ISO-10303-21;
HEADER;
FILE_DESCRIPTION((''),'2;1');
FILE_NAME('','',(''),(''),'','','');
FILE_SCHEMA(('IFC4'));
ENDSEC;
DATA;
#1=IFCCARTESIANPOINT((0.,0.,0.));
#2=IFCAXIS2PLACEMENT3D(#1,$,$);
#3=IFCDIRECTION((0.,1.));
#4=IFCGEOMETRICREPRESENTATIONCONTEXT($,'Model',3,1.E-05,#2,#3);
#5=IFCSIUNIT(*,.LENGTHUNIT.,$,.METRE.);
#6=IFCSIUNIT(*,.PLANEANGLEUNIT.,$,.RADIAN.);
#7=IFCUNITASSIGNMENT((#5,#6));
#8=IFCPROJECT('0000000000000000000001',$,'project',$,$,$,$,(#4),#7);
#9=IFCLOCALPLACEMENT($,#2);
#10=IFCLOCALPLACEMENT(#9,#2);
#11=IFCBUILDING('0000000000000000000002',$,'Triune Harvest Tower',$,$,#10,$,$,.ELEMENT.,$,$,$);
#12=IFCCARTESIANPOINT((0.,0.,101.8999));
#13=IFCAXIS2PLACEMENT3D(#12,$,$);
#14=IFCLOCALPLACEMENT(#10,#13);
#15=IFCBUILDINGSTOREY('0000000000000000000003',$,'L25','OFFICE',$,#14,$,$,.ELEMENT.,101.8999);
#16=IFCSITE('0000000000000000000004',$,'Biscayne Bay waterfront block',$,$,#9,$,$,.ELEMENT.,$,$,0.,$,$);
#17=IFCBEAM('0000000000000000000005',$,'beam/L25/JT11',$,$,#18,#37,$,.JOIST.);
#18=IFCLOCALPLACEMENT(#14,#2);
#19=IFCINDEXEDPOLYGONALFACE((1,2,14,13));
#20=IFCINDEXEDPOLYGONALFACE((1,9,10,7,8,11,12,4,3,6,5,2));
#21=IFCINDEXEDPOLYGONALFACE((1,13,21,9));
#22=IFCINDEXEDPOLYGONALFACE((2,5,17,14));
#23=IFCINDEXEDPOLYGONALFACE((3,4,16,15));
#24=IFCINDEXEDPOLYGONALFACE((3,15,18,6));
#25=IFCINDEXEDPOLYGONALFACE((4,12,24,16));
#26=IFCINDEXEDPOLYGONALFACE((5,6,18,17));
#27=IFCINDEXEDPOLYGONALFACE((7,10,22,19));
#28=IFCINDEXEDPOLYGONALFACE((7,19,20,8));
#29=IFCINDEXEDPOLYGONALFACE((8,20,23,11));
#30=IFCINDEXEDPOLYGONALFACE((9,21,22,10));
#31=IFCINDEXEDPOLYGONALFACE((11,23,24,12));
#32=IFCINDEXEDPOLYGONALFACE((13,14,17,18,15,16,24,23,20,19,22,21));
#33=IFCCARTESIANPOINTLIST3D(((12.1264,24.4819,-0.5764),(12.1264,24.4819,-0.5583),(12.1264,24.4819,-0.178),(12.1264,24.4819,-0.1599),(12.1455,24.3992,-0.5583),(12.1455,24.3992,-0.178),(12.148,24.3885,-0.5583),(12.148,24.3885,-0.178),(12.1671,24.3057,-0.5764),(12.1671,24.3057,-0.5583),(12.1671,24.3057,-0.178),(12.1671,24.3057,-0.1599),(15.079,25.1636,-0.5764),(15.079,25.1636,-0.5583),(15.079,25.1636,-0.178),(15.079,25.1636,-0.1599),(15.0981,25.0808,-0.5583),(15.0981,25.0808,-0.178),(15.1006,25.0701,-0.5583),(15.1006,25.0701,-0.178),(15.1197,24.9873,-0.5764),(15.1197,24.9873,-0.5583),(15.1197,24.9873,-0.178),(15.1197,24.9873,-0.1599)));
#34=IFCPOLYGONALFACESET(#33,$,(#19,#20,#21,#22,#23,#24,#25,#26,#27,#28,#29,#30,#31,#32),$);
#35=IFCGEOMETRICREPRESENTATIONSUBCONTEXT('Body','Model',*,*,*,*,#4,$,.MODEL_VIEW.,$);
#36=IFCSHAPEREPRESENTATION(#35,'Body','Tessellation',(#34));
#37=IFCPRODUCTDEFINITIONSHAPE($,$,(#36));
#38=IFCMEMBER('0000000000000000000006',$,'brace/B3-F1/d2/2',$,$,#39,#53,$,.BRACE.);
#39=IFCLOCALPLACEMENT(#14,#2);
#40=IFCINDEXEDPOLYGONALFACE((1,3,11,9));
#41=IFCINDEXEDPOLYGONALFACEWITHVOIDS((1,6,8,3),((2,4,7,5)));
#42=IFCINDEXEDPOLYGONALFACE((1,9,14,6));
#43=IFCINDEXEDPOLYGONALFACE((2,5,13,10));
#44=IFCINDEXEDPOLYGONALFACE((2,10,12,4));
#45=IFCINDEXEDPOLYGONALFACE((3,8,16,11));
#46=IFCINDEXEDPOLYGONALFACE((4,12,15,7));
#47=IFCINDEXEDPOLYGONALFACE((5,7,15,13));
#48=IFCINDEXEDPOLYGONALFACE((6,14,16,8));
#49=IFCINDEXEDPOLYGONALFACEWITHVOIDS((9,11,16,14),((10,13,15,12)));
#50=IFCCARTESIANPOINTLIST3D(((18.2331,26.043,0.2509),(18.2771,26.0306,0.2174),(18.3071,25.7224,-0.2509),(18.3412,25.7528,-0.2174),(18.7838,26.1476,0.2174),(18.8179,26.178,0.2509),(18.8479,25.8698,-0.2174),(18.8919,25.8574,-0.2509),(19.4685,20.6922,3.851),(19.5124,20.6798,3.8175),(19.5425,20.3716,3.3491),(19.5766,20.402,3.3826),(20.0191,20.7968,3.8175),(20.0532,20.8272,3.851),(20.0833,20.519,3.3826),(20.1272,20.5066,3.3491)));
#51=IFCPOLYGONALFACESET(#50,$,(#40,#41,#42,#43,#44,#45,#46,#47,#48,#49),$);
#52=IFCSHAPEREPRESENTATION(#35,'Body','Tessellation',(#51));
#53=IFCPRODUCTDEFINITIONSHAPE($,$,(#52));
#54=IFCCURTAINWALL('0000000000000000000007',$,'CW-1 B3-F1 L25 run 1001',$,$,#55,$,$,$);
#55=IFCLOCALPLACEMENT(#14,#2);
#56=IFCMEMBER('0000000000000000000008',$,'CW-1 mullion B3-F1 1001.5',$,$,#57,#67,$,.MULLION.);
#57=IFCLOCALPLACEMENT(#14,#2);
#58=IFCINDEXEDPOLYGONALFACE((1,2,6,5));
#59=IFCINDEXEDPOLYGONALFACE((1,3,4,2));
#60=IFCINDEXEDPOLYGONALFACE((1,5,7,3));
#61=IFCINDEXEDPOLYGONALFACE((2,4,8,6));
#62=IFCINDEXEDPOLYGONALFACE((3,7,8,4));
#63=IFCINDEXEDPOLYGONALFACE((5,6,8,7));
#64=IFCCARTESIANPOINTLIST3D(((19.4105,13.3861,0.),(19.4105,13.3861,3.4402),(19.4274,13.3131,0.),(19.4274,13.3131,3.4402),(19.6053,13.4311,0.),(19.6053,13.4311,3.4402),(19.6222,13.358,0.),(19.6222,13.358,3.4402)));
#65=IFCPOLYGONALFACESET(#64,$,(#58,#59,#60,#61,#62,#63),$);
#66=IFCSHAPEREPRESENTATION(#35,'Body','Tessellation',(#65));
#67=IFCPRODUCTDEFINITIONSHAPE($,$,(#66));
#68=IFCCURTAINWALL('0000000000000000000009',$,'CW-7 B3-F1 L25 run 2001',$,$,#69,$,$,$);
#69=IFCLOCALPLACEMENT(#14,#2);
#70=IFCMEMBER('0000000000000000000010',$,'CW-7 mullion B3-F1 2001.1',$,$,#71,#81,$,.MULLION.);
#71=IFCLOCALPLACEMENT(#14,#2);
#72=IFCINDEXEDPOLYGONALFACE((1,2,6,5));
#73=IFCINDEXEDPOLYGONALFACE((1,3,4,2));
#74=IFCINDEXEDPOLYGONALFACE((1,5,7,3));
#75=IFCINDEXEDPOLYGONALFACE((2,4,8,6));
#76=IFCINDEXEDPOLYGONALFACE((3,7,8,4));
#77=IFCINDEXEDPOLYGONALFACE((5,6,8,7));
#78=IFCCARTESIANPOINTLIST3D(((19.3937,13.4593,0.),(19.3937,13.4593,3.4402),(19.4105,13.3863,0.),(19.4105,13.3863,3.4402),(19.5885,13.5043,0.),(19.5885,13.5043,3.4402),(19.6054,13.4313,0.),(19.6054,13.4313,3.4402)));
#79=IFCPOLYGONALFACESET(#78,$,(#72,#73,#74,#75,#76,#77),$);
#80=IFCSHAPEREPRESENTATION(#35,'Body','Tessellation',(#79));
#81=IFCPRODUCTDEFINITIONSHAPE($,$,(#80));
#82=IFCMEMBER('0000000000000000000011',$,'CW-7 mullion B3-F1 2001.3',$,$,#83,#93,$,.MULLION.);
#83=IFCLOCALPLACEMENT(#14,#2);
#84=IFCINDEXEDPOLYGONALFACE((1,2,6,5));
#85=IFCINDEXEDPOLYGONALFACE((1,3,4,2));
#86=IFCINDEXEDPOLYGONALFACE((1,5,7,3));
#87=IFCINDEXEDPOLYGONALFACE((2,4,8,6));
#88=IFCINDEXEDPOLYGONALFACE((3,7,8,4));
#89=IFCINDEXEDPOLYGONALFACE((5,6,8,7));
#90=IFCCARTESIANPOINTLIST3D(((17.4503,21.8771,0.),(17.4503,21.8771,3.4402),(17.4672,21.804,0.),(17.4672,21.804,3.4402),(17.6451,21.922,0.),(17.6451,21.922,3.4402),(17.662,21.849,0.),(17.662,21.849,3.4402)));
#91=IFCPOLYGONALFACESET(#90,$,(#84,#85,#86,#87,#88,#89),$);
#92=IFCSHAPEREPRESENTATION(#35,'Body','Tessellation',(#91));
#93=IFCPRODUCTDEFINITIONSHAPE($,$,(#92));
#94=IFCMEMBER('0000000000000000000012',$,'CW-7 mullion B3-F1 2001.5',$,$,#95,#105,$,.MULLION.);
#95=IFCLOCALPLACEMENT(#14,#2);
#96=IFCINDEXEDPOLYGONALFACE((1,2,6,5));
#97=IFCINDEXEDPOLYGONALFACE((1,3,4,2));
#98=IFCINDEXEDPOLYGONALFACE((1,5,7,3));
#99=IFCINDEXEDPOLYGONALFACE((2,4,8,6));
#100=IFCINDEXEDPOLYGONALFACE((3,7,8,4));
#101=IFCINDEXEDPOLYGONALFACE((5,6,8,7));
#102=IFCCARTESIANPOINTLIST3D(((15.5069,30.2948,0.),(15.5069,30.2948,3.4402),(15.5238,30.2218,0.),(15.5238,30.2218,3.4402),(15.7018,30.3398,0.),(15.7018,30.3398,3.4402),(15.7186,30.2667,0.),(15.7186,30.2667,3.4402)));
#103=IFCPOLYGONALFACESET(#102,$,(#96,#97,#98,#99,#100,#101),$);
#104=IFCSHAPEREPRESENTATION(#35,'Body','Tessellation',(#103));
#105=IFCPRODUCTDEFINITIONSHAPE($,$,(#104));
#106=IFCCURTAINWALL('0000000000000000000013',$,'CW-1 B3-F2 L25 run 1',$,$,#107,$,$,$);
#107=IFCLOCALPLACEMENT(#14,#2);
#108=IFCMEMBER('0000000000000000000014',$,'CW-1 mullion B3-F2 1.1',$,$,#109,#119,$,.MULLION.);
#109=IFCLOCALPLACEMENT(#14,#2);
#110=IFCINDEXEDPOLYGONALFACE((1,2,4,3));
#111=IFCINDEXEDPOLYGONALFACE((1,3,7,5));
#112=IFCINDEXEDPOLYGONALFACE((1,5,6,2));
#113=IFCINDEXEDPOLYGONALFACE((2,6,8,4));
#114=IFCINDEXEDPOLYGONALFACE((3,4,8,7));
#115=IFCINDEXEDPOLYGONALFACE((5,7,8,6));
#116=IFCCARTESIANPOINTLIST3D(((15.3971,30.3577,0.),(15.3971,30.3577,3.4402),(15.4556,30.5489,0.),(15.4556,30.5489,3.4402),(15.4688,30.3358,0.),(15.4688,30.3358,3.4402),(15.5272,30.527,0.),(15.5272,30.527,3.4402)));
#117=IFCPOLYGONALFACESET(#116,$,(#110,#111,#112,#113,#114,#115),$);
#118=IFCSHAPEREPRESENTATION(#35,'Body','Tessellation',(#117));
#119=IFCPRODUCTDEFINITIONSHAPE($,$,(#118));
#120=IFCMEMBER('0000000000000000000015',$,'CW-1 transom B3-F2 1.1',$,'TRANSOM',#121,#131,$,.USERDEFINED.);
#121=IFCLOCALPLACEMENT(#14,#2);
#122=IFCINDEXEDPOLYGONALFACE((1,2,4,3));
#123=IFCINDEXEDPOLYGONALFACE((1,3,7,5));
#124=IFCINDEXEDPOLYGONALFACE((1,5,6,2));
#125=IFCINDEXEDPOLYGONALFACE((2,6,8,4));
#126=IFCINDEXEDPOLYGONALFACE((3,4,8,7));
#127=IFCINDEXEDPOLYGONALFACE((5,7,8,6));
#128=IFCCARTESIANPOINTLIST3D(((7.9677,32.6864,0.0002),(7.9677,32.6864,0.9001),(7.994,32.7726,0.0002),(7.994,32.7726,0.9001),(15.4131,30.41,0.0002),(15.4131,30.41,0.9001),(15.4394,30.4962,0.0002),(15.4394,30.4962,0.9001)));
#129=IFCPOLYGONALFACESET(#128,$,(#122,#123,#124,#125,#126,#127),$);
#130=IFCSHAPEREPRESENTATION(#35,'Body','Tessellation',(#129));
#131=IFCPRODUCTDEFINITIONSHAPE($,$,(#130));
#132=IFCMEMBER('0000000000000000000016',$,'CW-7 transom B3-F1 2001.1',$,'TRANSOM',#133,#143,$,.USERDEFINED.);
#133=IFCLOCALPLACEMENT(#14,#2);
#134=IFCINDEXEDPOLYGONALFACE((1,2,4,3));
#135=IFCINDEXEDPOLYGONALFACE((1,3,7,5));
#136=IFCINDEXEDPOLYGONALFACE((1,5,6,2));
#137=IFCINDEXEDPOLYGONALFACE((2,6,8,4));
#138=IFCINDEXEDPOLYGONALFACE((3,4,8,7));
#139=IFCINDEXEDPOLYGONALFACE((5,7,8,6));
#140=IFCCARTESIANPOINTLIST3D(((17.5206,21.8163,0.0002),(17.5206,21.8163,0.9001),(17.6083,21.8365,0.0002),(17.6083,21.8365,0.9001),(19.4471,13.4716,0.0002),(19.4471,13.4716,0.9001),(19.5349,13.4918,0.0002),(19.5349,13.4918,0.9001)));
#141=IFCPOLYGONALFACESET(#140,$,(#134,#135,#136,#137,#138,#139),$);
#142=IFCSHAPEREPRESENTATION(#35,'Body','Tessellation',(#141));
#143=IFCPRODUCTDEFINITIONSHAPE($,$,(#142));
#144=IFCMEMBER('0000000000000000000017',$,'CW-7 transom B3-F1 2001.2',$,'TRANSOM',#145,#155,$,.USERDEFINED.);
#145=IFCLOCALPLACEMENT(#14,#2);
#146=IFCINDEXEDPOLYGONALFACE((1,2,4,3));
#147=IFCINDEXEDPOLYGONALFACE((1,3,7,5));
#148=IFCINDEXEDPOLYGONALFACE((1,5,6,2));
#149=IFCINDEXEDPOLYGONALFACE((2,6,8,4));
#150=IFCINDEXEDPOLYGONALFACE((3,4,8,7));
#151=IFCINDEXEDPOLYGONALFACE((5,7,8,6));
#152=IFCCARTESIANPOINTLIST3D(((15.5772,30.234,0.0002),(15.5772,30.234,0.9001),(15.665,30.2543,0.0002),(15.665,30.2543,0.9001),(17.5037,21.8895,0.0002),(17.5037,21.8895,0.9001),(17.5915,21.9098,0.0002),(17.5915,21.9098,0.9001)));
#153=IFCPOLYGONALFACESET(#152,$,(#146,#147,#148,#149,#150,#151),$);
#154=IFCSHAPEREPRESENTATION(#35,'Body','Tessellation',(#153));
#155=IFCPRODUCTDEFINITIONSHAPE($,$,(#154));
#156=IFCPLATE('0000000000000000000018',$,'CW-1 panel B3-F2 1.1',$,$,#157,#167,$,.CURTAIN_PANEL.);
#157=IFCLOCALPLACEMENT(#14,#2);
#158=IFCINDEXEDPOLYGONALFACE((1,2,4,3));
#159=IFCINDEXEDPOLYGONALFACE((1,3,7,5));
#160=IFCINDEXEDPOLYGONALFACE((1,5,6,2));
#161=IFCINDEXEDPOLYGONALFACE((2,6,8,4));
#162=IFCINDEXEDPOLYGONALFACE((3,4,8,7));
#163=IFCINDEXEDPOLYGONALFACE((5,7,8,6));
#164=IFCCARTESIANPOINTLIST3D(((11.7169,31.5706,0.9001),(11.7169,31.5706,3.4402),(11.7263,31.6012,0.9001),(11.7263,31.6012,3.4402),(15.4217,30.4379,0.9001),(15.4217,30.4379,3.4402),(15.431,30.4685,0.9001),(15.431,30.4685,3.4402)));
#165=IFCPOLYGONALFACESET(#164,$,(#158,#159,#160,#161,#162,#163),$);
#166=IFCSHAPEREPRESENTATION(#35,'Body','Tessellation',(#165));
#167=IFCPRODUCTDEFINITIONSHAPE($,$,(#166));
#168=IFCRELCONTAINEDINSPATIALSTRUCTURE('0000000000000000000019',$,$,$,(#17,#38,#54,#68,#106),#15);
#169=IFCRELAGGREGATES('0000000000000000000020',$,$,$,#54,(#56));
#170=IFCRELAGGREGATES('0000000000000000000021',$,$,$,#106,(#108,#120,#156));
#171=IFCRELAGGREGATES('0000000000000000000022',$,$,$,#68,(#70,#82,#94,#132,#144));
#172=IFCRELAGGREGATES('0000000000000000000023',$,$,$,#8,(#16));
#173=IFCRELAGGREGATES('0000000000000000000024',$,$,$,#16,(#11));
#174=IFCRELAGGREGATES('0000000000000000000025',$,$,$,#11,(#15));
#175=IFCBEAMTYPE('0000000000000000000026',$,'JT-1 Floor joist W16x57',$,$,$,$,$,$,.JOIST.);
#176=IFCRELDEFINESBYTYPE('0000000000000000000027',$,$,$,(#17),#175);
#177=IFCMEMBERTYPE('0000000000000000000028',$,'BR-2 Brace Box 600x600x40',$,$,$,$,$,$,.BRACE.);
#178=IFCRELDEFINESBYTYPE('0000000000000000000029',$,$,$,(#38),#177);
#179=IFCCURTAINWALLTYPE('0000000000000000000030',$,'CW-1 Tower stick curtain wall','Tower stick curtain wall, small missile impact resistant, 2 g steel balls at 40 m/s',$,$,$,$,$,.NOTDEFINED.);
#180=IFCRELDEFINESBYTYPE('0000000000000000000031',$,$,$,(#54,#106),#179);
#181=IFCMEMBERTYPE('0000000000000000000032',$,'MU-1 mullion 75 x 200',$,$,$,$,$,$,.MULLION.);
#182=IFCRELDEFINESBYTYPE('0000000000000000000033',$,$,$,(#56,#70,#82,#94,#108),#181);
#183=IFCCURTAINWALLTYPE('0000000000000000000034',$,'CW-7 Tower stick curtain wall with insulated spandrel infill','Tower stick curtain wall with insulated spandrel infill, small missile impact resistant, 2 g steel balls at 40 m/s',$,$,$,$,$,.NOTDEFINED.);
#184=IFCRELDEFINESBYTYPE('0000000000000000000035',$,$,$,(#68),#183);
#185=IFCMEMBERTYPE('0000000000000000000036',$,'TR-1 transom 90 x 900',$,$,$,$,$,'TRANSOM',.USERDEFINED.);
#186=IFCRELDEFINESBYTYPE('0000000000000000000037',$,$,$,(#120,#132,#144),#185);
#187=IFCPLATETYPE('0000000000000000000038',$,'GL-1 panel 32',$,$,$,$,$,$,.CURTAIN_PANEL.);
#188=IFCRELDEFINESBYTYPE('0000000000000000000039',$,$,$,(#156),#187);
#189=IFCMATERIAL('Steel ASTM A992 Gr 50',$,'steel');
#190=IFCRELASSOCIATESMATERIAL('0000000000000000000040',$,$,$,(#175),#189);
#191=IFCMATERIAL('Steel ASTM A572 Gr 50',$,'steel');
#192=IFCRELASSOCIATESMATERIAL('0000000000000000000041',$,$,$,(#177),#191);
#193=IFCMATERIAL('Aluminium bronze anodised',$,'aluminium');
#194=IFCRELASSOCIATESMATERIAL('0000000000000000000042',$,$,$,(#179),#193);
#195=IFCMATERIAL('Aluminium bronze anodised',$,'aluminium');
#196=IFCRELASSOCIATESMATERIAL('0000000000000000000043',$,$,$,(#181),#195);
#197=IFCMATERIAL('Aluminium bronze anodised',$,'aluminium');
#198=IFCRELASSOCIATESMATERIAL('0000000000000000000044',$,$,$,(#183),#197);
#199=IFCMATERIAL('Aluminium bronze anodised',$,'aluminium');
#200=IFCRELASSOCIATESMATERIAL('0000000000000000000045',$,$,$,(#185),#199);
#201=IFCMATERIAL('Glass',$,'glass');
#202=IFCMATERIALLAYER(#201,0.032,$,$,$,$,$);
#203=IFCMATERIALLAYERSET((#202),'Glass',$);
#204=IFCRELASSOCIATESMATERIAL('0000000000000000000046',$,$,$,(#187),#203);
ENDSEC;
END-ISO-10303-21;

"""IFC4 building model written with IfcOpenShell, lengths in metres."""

from ifc_helpers import new_model, si_unit, direction, frame, origin, origin_2d, place, context, subcontext, project, spatial, rectangle, hollow_rectangle, i_section, extrude, source, transform, mapped, material, layer, layer_set, material_profile, profile_set, type_object, element, aggregate, save


model = new_model("IFC4")

# Units and contexts
model_context = context("Model", 3, precision=1e-05, world=origin(), true_north=direction((0.0, 1.0)))
body_context = subcontext(model_context, "Body", "Model", "MODEL_VIEW")
ifc_project = project(units=[si_unit("LENGTHUNIT", "METRE"), si_unit("PLANEANGLEUNIT", "RADIAN")], contexts=[model_context])

# Site, building, storey
site_placement = place(None, origin())
site = spatial("IfcSite", under=ifc_project, at=site_placement, Name="Biscayne Bay waterfront block", CompositionType="ELEMENT", RefElevation=0.0)
building_placement = place(site_placement, origin())
building = spatial("IfcBuilding", under=site, at=building_placement, Name="Triune Harvest Tower", CompositionType="ELEMENT")
storey_placement = place(building_placement, frame((0.0, 0.0, 101.8999)))
storey = spatial("IfcBuildingStorey", under=building, at=storey_placement, Name="L25", Description="OFFICE", CompositionType="ELEMENT", Elevation=101.8999)

# Beam
ifc_material_1 = material(Name="Steel ASTM A992 Gr 50", Category="steel")
ifc_material_profile_1 = material_profile(ifc_material_1, i_section(OverallWidth=0.1809, OverallDepth=0.4165, WebThickness=0.011, FlangeThickness=0.0181, at=origin_2d()), Name="W16x57")
ifc_profile_set_1 = profile_set([ifc_material_profile_1], Name="Steel ASTM A992 Gr 50")
beam_type_1 = type_object("IfcBeamType", Name="JT-1 Floor joist W16x57", PredefinedType="JOIST", material=ifc_profile_set_1)
shared_shape_1 = source(origin(), body_context, "Body", "SweptSolid", [
    extrude(i_section(OverallWidth=0.1809, OverallDepth=0.4165, WebThickness=0.011, FlangeThickness=0.0181, at=origin_2d()), origin(), (0.0, 0.0, 1.0), 3.0303),
])
beam_1_placement = place(storey_placement, frame((15.0994, 25.0754, -0.3682), z_axis=(-0.974372, -0.224942, 0.0), x_axis=(0.224942, -0.974372, 0.0)))
element("IfcBeam", 1, at=beam_1_placement, inside=storey, type_object=beam_type_1, Name="beam/L25/JT11", PredefinedType="JOIST", context=body_context, shape_type="MappedRepresentation", body=[
    mapped(shared_shape_1, transform((0.0, 0.0, 0.0), scale=1.0)),
])

# Member
ifc_material_2 = material(Name="Steel ASTM A572 Gr 50", Category="steel")
ifc_material_profile_2 = material_profile(ifc_material_2, hollow_rectangle(XDim=0.6001, YDim=0.6001, WallThickness=0.04, at=origin_2d()), Name="Box 600x600x40")
ifc_profile_set_2 = profile_set([ifc_material_profile_2], Name="Steel ASTM A572 Gr 50")
member_type_1 = type_object("IfcMemberType", Name="BR-2 Brace Box 600x600x40", PredefinedType="BRACE", material=ifc_profile_set_2)
shared_shape_2 = source(origin(), body_context, "Body", "SweptSolid", [
    extrude(hollow_rectangle(XDim=0.6001, YDim=0.6001, WallThickness=0.04, at=origin_2d()), origin(), (0.0, 0.0, 1.0), 6.5664),
])
member_1_placement = place(storey_placement, frame((18.5625, 25.9502, 0.0), z_axis=(0.188131, -0.814875, 0.548257), x_axis=(0.974369, 0.224954, 0.0)))
element("IfcMember", 2, at=member_1_placement, inside=storey, type_object=member_type_1, Name="brace/B3-F1/d2/2", PredefinedType="BRACE", context=body_context, shape_type="MappedRepresentation", body=[
    mapped(shared_shape_2, transform((0.0, 0.0, 0.0), scale=1.0)),
])

# Curtain wall, member
ifc_material_3 = material(Name="Aluminium bronze anodised", Category="aluminium")
curtain_wall_type_1 = type_object("IfcCurtainWallType", Name="CW-1 Tower stick curtain wall", Description="Tower stick curtain wall, small missile impact resistant, 2 g steel balls at 40 m/s", PredefinedType="NOTDEFINED", material=ifc_material_3)
curtain_wall_1_placement = place(storey_placement, origin())
curtain_wall_1 = element("IfcCurtainWall", 3, at=curtain_wall_1_placement, inside=storey, type_object=curtain_wall_type_1, Name="CW-1 B3-F1 L25 run 1001")
ifc_material_4 = material(Name="Aluminium bronze anodised", Category="aluminium")
ifc_material_profile_3 = material_profile(ifc_material_4, rectangle(XDim=0.2, YDim=0.075, at=origin_2d()), Name="MU-1 mullion 75 x 200")
ifc_profile_set_3 = profile_set([ifc_material_profile_3], Name="Aluminium bronze anodised")
member_type_2 = type_object("IfcMemberType", Name="MU-1 mullion 75 x 200", PredefinedType="MULLION", material=ifc_profile_set_3)
shared_shape_3 = source(origin(), body_context, "Body", "SweptSolid", [
    extrude(rectangle(XDim=0.2, YDim=0.075, at=origin_2d()), origin(), (0.0, 0.0, 1.0), 3.4402),
])
member_2_placement = place(storey_placement, frame((19.5164, 13.3721, 0.0), z_axis=(0.0, 0.0, 1.0), x_axis=(-0.97437, -0.224952, 0.0)))
member_2 = element("IfcMember", 4, at=member_2_placement, type_object=member_type_2, Name="CW-1 mullion B3-F1 1001.5", PredefinedType="MULLION", context=body_context, shape_type="MappedRepresentation", body=[
    mapped(shared_shape_3, transform((0.0, 0.0, 0.0), scale=1.0)),
])
aggregate(curtain_wall_1, [member_2])

# Curtain walls, members
ifc_material_5 = material(Name="Aluminium bronze anodised", Category="aluminium")
curtain_wall_type_2 = type_object("IfcCurtainWallType", Name="CW-7 Tower stick curtain wall with insulated spandrel infill", Description="Tower stick curtain wall with insulated spandrel infill, small missile impact resistant, 2 g steel balls at 40 m/s", PredefinedType="NOTDEFINED", material=ifc_material_5)
curtain_wall_2_placement = place(storey_placement, origin())
curtain_wall_2 = element("IfcCurtainWall", 5, at=curtain_wall_2_placement, inside=storey, type_object=curtain_wall_type_2, Name="CW-7 B3-F1 L25 run 2001")
member_3_placement = place(storey_placement, frame((19.4995, 13.4453, 0.0), z_axis=(0.0, 0.0, 1.0), x_axis=(-0.97437, -0.224951, 0.0)))
member_3 = element("IfcMember", 6, at=member_3_placement, type_object=member_type_2, Name="CW-7 mullion B3-F1 2001.1", PredefinedType="MULLION", context=body_context, shape_type="MappedRepresentation", body=[
    mapped(shared_shape_3, transform((0.0, 0.0, 0.0), scale=1.0)),
])
member_4_placement = place(storey_placement, frame((17.5562, 21.863, 0.0), z_axis=(0.0, 0.0, 1.0), x_axis=(-0.97437, -0.224951, 0.0)))
member_4 = element("IfcMember", 7, at=member_4_placement, type_object=member_type_2, Name="CW-7 mullion B3-F1 2001.3", PredefinedType="MULLION", context=body_context, shape_type="MappedRepresentation", body=[
    mapped(shared_shape_3, transform((0.0, 0.0, 0.0), scale=1.0)),
])
member_5_placement = place(storey_placement, frame((15.6128, 30.2808, 0.0), z_axis=(0.0, 0.0, 1.0), x_axis=(-0.97437, -0.224951, 0.0)))
member_5 = element("IfcMember", 8, at=member_5_placement, type_object=member_type_2, Name="CW-7 mullion B3-F1 2001.5", PredefinedType="MULLION", context=body_context, shape_type="MappedRepresentation", body=[
    mapped(shared_shape_3, transform((0.0, 0.0, 0.0), scale=1.0)),
])
curtain_wall_3_placement = place(storey_placement, origin())
curtain_wall_3 = element("IfcCurtainWall", 9, at=curtain_wall_3_placement, inside=storey, type_object=curtain_wall_type_1, Name="CW-1 B3-F2 L25 run 1")
member_6_placement = place(storey_placement, frame((15.4622, 30.4424, 0.0), z_axis=(0.0, 0.0, 1.0), x_axis=(-0.292377, -0.956303, 0.0)))
member_6 = element("IfcMember", 10, at=member_6_placement, type_object=member_type_2, Name="CW-1 mullion B3-F2 1.1", PredefinedType="MULLION", context=body_context, shape_type="MappedRepresentation", body=[
    mapped(shared_shape_3, transform((0.0, 0.0, 0.0), scale=1.0)),
])
ifc_material_6 = material(Name="Aluminium bronze anodised", Category="aluminium")
ifc_material_profile_4 = material_profile(ifc_material_6, rectangle(XDim=0.0901, YDim=0.8999, at=origin_2d()), Name="TR-1 transom 90 x 900")
ifc_profile_set_4 = profile_set([ifc_material_profile_4], Name="Aluminium bronze anodised")
member_type_3 = type_object("IfcMemberType", Name="TR-1 transom 90 x 900", ElementType="TRANSOM", PredefinedType="USERDEFINED", material=ifc_profile_set_4)
shared_shape_4 = source(origin(), body_context, "Body", "SweptSolid", [
    extrude(rectangle(XDim=0.0901, YDim=0.8999, at=origin_2d()), origin(), (0.0, 0.0, 1.0), 7.7856),
])
member_7_placement = place(storey_placement, frame((15.4263, 30.4531, 0.4502), z_axis=(-0.956301, 0.292384, 0.0), x_axis=(-0.292384, -0.956301, 0.0)))
member_7 = element("IfcMember", 11, at=member_7_placement, type_object=member_type_3, Name="CW-1 transom B3-F2 1.1", ObjectType="TRANSOM", PredefinedType="USERDEFINED", context=body_context, shape_type="MappedRepresentation", body=[
    mapped(shared_shape_4, transform((0.0, 0.0, 0.0), scale=1.0)),
])

# Members
shared_shape_5 = source(origin(), body_context, "Body", "SweptSolid", [
    extrude(rectangle(XDim=0.0901, YDim=0.8999, at=origin_2d()), origin(), (0.0, 0.0, 1.0), 8.5642),
])
member_8_placement = place(storey_placement, frame((19.491, 13.4817, 0.4502), z_axis=(-0.224949, 0.974371, 0.0), x_axis=(-0.974371, -0.224949, 0.0)))
member_8 = element("IfcMember", 12, at=member_8_placement, type_object=member_type_3, Name="CW-7 transom B3-F1 2001.1", ObjectType="TRANSOM", PredefinedType="USERDEFINED", context=body_context, shape_type="MappedRepresentation", body=[
    mapped(shared_shape_5, transform((0.0, 0.0, 0.0), scale=1.0)),
])
shared_shape_6 = source(origin(), body_context, "Body", "SweptSolid", [
    extrude(rectangle(XDim=0.0901, YDim=0.8999, at=origin_2d()), origin(), (0.0, 0.0, 1.0), 8.564),
])
member_9_placement = place(storey_placement, frame((17.5476, 21.8997, 0.4502), z_axis=(-0.224955, 0.974369, 0.0), x_axis=(-0.974369, -0.224955, 0.0)))
member_9 = element("IfcMember", 13, at=member_9_placement, type_object=member_type_3, Name="CW-7 transom B3-F1 2001.2", ObjectType="TRANSOM", PredefinedType="USERDEFINED", context=body_context, shape_type="MappedRepresentation", body=[
    mapped(shared_shape_6, transform((0.0, 0.0, 0.0), scale=1.0)),
])

# Plate
ifc_material_7 = material(Name="Glass", Category="glass")
ifc_layer_1 = layer(ifc_material_7, 0.032)
ifc_layer_set_1 = layer_set([ifc_layer_1], Name="Glass")
plate_type_1 = type_object("IfcPlateType", Name="GL-1 panel 32", PredefinedType="CURTAIN_PANEL", material=ifc_layer_set_1)
shared_shape_7 = source(origin(), body_context, "Body", "SweptSolid", [
    extrude(rectangle(XDim=3.874, YDim=0.032, at=origin_2d()), origin(), (0.0, 0.0, 1.0), 2.54),
])
plate_1_placement = place(storey_placement, frame((13.574, 31.0195, 0.9001), z_axis=(0.0, 0.0, 1.0), x_axis=(-0.956303, 0.292377, 0.0)))
plate_1 = element("IfcPlate", 14, at=plate_1_placement, type_object=plate_type_1, Name="CW-1 panel B3-F2 1.1", PredefinedType="CURTAIN_PANEL", context=body_context, shape_type="MappedRepresentation", body=[
    mapped(shared_shape_7, transform((0.0, 0.0, 0.0), scale=1.0)),
])
aggregate(curtain_wall_3, [member_6, member_7, plate_1])
aggregate(curtain_wall_2, [member_3, member_4, member_5, member_8, member_9])

save(model, "model.ifc")
